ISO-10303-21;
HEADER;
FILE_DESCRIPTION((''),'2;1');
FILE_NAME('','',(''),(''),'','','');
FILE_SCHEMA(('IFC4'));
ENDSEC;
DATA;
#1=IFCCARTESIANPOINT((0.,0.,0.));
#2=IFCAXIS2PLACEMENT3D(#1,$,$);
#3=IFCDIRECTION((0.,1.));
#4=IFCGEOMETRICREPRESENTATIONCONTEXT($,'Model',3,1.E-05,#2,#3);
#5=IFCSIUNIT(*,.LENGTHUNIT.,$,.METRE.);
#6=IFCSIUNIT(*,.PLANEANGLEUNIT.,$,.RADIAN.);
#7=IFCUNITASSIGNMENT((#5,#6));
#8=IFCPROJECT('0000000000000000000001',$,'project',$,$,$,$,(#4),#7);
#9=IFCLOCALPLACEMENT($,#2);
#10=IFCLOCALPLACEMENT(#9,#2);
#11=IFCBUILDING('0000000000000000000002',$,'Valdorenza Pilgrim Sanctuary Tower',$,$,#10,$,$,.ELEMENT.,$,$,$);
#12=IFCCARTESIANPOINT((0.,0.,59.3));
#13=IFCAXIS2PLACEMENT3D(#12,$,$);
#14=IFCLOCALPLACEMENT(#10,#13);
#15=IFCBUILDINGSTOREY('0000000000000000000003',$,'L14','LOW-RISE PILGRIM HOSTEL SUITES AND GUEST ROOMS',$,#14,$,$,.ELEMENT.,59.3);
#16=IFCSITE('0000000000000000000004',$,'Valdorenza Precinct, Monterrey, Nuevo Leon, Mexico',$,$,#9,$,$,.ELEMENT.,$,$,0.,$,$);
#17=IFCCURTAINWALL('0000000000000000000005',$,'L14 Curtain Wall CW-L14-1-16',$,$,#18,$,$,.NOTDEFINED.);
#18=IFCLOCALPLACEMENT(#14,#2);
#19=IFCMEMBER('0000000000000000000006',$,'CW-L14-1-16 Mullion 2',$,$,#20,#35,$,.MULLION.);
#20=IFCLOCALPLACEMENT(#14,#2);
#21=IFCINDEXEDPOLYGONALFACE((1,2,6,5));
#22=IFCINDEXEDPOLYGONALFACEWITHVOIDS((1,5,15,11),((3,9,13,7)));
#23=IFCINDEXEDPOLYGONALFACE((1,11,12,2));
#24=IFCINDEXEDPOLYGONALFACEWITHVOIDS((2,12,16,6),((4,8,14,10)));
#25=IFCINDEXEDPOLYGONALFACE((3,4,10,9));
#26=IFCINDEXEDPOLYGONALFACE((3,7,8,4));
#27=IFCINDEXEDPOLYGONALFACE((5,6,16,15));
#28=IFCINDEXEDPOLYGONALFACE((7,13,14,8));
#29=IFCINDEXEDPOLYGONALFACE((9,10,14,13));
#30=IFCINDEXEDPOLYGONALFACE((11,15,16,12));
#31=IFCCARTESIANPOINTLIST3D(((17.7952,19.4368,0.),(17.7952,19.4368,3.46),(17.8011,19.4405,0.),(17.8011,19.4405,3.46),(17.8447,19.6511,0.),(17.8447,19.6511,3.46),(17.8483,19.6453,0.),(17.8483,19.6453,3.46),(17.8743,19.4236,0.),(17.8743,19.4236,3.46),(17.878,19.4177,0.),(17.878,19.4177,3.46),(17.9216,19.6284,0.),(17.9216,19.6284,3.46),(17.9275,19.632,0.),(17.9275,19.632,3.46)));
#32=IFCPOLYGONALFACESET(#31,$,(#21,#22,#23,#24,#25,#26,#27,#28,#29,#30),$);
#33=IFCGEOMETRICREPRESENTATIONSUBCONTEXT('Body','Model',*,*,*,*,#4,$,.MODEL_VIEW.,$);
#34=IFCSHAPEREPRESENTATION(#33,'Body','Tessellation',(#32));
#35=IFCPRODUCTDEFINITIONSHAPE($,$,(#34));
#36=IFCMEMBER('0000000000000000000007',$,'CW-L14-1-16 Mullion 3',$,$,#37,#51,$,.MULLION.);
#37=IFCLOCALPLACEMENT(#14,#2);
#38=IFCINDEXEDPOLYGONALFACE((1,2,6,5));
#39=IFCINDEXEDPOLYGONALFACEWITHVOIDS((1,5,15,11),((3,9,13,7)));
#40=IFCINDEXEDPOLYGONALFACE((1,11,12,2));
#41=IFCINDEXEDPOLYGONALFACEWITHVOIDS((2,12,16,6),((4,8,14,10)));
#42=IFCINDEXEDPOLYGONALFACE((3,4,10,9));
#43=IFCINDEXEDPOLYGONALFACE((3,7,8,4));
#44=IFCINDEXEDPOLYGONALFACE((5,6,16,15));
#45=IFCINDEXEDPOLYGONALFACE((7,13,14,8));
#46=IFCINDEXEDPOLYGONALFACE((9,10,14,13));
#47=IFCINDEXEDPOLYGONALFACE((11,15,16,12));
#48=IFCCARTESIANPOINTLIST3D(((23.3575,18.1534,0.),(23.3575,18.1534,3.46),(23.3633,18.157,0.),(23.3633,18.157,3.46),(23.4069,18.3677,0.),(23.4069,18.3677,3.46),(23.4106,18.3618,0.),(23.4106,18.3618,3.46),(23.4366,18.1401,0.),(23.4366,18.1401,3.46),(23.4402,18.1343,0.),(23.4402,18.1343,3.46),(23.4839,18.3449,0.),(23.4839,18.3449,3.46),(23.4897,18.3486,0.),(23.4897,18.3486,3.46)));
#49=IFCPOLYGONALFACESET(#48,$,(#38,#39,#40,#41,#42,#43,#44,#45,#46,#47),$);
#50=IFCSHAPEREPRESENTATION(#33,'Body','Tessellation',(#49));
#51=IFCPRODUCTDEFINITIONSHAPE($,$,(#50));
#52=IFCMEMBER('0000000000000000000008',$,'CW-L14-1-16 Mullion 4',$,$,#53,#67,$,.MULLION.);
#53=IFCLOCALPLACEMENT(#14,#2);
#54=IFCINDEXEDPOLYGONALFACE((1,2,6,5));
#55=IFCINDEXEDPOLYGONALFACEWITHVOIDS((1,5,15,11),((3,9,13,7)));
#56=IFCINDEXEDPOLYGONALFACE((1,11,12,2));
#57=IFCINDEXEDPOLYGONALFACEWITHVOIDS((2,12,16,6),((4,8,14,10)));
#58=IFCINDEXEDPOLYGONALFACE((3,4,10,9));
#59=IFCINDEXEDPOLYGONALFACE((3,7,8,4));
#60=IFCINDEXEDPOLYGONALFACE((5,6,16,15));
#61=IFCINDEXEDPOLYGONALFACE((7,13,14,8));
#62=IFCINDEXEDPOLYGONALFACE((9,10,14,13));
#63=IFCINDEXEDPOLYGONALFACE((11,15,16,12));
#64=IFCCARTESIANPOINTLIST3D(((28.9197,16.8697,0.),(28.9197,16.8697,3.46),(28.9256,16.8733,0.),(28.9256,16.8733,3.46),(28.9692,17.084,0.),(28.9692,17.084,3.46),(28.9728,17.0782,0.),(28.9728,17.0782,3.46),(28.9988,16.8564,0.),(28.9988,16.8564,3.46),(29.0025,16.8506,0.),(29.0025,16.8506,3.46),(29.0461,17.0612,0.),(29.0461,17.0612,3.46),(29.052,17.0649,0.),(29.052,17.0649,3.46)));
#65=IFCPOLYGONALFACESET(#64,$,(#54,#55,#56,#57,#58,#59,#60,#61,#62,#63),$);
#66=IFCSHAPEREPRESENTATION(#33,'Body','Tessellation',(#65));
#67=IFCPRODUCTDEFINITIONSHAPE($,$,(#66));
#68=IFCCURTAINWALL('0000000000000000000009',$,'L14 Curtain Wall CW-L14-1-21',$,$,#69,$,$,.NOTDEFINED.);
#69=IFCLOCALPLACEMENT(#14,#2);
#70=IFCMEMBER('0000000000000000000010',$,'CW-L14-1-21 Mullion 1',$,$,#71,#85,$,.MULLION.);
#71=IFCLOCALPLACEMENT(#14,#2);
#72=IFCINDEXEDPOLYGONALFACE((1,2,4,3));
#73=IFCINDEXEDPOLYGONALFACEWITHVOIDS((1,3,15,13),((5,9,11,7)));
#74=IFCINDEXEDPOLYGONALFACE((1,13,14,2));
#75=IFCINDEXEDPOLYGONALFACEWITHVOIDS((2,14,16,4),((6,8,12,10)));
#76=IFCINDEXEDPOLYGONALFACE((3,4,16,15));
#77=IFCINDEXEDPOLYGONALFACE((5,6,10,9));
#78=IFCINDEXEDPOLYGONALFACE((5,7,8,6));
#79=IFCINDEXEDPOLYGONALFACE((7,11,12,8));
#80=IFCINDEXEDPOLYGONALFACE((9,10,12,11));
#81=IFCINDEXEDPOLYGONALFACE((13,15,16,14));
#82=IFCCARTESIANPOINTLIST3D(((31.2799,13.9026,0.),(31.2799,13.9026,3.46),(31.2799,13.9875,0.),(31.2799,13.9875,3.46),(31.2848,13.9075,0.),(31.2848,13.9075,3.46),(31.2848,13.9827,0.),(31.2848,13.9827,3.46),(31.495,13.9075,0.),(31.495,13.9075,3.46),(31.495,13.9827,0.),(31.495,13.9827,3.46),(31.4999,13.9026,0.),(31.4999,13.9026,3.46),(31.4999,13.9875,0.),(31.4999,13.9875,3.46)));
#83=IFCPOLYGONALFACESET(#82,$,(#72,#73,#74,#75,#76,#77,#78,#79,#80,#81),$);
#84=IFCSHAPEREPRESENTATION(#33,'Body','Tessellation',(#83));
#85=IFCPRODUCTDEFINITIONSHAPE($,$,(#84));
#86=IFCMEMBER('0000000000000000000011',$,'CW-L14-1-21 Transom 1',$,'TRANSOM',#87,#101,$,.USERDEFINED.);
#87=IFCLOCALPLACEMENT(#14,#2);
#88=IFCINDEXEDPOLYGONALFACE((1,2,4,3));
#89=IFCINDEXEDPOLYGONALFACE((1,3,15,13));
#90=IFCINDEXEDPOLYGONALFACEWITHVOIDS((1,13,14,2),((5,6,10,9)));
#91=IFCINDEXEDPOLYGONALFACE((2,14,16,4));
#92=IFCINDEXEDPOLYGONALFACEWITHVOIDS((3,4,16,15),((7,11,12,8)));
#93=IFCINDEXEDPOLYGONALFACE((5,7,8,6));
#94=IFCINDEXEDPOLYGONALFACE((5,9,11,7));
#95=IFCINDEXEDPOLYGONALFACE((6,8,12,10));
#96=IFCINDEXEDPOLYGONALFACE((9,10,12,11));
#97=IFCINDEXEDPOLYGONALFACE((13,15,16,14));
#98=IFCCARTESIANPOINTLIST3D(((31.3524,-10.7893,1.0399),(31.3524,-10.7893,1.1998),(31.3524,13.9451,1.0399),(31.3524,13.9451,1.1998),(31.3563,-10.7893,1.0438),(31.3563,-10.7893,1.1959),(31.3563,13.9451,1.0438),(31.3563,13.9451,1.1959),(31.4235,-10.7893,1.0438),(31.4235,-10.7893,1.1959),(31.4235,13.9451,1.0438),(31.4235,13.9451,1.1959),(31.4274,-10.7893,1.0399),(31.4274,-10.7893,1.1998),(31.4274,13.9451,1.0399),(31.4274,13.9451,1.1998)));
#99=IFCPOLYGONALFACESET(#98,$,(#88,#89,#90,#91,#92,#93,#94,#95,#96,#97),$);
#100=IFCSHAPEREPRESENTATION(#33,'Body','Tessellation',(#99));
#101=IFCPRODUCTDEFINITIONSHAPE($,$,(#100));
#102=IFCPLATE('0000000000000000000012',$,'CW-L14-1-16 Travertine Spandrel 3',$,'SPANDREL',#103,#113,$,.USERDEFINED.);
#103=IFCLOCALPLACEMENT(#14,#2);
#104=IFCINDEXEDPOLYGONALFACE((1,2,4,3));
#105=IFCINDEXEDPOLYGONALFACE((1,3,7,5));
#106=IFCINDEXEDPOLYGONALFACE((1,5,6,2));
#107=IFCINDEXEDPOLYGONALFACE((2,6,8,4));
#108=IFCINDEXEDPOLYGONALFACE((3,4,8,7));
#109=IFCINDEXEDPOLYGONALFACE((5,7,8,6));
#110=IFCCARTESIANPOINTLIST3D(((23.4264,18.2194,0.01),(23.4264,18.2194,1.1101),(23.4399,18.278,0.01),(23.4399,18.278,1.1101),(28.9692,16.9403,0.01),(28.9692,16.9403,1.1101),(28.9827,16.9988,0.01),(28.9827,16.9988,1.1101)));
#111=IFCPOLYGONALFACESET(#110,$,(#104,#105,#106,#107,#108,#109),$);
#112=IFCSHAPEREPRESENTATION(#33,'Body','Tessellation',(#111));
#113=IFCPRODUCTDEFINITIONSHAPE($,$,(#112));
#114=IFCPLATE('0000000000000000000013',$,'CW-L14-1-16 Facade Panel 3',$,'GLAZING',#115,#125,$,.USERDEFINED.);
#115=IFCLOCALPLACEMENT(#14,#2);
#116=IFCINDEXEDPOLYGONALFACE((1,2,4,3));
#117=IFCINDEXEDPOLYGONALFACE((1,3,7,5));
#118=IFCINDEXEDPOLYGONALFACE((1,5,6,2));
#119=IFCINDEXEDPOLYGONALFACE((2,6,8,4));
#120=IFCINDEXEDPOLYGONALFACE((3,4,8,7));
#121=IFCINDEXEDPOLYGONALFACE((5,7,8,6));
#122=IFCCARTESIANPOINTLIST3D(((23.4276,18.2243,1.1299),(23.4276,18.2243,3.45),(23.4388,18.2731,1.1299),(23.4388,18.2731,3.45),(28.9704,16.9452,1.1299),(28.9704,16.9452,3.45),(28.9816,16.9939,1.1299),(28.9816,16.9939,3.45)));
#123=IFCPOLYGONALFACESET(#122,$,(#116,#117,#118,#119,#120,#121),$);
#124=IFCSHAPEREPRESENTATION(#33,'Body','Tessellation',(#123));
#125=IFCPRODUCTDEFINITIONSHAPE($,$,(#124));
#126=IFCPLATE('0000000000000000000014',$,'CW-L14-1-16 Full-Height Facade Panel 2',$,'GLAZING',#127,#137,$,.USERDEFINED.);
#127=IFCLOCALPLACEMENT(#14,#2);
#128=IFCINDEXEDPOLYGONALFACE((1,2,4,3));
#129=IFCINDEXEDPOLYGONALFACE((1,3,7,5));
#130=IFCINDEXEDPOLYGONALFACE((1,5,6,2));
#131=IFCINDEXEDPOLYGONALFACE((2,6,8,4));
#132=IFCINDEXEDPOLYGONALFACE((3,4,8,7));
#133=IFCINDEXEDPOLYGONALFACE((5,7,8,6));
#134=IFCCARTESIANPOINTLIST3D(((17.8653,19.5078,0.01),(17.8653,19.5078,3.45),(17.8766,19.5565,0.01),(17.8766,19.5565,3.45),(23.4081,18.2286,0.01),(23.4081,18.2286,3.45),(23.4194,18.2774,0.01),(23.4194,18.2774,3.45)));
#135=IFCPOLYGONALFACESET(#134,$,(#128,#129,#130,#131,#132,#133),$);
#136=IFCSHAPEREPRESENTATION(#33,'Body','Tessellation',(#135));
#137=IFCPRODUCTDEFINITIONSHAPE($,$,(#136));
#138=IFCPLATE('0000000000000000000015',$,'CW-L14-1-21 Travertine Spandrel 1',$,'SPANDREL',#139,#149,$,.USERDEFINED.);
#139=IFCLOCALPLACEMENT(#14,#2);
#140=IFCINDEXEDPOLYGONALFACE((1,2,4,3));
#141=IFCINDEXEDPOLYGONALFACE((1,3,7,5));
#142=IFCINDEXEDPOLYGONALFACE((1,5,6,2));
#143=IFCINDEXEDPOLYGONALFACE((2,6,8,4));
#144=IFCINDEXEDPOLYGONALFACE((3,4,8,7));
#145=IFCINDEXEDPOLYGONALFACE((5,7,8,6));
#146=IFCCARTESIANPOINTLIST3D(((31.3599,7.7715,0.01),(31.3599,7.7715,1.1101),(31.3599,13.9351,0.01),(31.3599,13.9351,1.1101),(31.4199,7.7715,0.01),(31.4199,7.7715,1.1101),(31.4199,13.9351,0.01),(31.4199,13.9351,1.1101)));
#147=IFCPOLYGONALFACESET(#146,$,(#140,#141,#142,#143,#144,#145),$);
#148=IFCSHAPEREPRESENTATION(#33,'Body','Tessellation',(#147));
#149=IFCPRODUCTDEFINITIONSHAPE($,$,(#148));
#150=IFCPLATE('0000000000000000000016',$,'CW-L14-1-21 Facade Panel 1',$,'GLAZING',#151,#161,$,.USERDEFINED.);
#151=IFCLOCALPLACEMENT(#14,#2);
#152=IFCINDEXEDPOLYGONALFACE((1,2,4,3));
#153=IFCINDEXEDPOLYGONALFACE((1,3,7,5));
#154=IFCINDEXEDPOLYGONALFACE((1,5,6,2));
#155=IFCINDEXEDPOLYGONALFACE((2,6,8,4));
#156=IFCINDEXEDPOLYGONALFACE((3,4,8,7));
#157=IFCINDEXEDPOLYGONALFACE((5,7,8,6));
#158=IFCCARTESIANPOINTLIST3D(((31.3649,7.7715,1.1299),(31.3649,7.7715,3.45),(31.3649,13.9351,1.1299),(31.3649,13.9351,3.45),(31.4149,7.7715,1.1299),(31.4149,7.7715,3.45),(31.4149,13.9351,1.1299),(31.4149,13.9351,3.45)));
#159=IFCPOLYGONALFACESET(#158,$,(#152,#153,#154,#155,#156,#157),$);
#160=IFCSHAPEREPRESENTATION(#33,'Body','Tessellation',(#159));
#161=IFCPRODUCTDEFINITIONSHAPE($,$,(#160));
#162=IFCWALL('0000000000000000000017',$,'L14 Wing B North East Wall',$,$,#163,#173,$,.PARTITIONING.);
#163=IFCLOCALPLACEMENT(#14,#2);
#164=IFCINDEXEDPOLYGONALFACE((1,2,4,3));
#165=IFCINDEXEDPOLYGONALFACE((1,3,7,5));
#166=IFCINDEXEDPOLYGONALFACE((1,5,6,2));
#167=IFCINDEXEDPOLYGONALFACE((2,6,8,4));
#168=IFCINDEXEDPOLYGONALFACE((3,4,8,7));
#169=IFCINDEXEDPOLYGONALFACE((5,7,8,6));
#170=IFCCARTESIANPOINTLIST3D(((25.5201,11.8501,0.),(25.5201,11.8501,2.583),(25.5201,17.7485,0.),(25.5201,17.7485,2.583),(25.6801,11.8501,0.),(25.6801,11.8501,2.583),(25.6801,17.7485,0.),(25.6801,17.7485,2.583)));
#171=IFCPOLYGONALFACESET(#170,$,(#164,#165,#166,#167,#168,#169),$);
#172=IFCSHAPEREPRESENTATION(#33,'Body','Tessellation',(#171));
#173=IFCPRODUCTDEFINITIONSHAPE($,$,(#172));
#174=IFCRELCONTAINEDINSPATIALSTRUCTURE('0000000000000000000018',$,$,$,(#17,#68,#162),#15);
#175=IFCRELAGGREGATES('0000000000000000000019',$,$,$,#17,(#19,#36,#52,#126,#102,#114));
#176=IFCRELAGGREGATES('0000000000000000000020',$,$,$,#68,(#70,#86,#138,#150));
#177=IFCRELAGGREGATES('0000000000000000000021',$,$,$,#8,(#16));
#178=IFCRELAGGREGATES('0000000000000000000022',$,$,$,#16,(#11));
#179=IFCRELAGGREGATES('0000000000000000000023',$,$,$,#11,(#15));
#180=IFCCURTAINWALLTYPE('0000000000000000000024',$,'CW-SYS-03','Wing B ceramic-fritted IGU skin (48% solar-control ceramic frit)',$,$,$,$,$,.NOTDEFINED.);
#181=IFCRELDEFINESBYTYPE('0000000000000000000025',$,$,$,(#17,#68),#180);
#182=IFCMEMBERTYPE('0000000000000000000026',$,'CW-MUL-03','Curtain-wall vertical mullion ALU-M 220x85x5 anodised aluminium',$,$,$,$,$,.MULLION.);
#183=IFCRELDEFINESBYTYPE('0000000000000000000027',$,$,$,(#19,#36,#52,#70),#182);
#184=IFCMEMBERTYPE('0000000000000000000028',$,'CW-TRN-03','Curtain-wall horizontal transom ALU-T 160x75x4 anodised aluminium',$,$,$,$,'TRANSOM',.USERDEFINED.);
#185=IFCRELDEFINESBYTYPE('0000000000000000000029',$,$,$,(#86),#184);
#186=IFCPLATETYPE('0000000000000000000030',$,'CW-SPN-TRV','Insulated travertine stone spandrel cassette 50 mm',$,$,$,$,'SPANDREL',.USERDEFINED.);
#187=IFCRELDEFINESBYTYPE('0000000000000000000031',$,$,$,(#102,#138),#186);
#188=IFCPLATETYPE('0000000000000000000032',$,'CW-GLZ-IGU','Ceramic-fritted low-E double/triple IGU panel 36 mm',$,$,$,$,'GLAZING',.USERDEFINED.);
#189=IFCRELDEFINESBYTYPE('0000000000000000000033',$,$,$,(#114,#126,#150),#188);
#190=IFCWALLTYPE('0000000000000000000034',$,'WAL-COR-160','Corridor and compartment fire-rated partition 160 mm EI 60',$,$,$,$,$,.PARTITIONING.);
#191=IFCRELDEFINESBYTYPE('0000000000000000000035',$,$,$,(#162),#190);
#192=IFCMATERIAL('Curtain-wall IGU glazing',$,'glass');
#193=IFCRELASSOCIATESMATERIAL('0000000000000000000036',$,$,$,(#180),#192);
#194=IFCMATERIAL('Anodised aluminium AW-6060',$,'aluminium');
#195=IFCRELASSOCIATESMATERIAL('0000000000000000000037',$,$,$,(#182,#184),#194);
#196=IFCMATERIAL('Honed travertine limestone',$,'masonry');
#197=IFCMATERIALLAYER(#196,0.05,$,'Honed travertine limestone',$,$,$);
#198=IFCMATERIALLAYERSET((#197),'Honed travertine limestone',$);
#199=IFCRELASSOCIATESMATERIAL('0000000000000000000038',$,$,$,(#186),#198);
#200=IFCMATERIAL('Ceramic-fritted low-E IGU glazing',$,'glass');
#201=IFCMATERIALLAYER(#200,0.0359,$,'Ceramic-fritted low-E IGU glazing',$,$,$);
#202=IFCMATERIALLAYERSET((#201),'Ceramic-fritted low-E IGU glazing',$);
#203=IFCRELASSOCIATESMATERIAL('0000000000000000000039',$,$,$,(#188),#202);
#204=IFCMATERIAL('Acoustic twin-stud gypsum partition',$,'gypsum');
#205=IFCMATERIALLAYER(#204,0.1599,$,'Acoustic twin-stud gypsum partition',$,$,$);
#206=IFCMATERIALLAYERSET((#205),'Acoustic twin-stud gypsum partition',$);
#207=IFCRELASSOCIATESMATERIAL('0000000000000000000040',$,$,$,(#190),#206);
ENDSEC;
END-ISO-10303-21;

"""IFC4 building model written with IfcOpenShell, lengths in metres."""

from ifc_helpers import new_model, si_unit, direction, frame, frame_2d, origin, origin_2d, place, context, subcontext, project, spatial, rectangle, hollow_rectangle, extrude, source, transform, mapped, material, layer, layer_set, material_profile, profile_set, type_object, element, aggregate, save


model = new_model("IFC4")

# Units and contexts
model_context = context("Model", 3, precision=1e-05, world=origin(), true_north=direction((0.0, 1.0)))
body_context = subcontext(model_context, "Body", "Model", "MODEL_VIEW")
ifc_project = project(units=[si_unit("LENGTHUNIT", "METRE"), si_unit("PLANEANGLEUNIT", "RADIAN")], contexts=[model_context])

# Site, building, storey
site_placement = place(None, origin())
site = spatial("IfcSite", under=ifc_project, at=site_placement, Name="Valdorenza Precinct, Monterrey, Nuevo Leon, Mexico", CompositionType="ELEMENT", RefElevation=0.0)
building_placement = place(site_placement, origin())
building = spatial("IfcBuilding", under=site, at=building_placement, Name="Valdorenza Pilgrim Sanctuary Tower", CompositionType="ELEMENT")
storey_placement = place(building_placement, frame((0.0, 0.0, 59.3)))
storey = spatial("IfcBuildingStorey", under=building, at=storey_placement, Name="L14", Description="LOW-RISE PILGRIM HOSTEL SUITES AND GUEST ROOMS", CompositionType="ELEMENT", Elevation=59.3)

# Curtain walls, members
ifc_material_1 = material(Name="Curtain-wall IGU glazing", Category="glass")
curtain_wall_type = type_object("IfcCurtainWallType", Name="CW-SYS-03", Description="Wing B ceramic-fritted IGU skin (48% solar-control ceramic frit)", PredefinedType="NOTDEFINED", material=ifc_material_1)
curtain_wall_1_placement = place(storey_placement, origin())
curtain_wall_1 = element("IfcCurtainWall", 1, at=curtain_wall_1_placement, inside=storey, type_object=curtain_wall_type, Name="L14 Curtain Wall CW-L14-1-16", PredefinedType="NOTDEFINED")
ifc_material_2 = material(Name="Anodised aluminium AW-6060", Category="aluminium")
ifc_material_profile_1 = material_profile(ifc_material_2, hollow_rectangle(XDim=0.085, YDim=0.22, WallThickness=0.0049, at=origin_2d()), Name="ALU-M 220x85x5")
ifc_profile_set_1 = profile_set([ifc_material_profile_1], Name="Anodised aluminium AW-6060")
member_type_1 = type_object("IfcMemberType", Name="CW-MUL-03", Description="Curtain-wall vertical mullion ALU-M 220x85x5 anodised aluminium", PredefinedType="MULLION", material=ifc_profile_set_1)
shared_shape_1 = source(origin(), body_context, "Body", "SweptSolid", [
    extrude(hollow_rectangle(XDim=0.085, YDim=0.22, WallThickness=0.0049, at=origin_2d()), origin(), (0.0, 0.0, 1.0), 3.46),
])
member_1_placement = place(storey_placement, frame((17.8613, 19.5344, 0.0), z_axis=(0.0, 0.0, 1.0), x_axis=(0.97439, -0.224866, 0.0)))
member_1 = element("IfcMember", 2, at=member_1_placement, type_object=member_type_1, Name="CW-L14-1-16 Mullion 2", PredefinedType="MULLION", context=body_context, shape_type="MappedRepresentation", body=[
    mapped(shared_shape_1, transform((0.0, 0.0, 0.0), x_axis=(1.0, 0.0, 0.0), y_axis=(0.0, 1.0, 0.0), z_axis=(0.0, 0.0, 1.0), scale=1.0)),
])
member_2_placement = place(storey_placement, frame((23.4236, 18.251, 0.0), z_axis=(0.0, 0.0, 1.0), x_axis=(0.97439, -0.224866, 0.0)))
member_2 = element("IfcMember", 3, at=member_2_placement, type_object=member_type_1, Name="CW-L14-1-16 Mullion 3", PredefinedType="MULLION", context=body_context, shape_type="MappedRepresentation", body=[
    mapped(shared_shape_1, transform((0.0, 0.0, 0.0), x_axis=(1.0, 0.0, 0.0), y_axis=(0.0, 1.0, 0.0), z_axis=(0.0, 0.0, 1.0), scale=1.0)),
])
member_3_placement = place(storey_placement, frame((28.9858, 16.9673, 0.0), z_axis=(0.0, 0.0, 1.0), x_axis=(0.97439, -0.224866, 0.0)))
member_3 = element("IfcMember", 4, at=member_3_placement, type_object=member_type_1, Name="CW-L14-1-16 Mullion 4", PredefinedType="MULLION", context=body_context, shape_type="MappedRepresentation", body=[
    mapped(shared_shape_1, transform((0.0, 0.0, 0.0), x_axis=(1.0, 0.0, 0.0), y_axis=(0.0, 1.0, 0.0), z_axis=(0.0, 0.0, 1.0), scale=1.0)),
])
curtain_wall_2_placement = place(storey_placement, origin())
curtain_wall_2 = element("IfcCurtainWall", 5, at=curtain_wall_2_placement, inside=storey, type_object=curtain_wall_type, Name="L14 Curtain Wall CW-L14-1-21", PredefinedType="NOTDEFINED")
member_4_placement = place(storey_placement, frame((31.3899, 13.9451, 0.0), z_axis=(0.0, 0.0, 1.0), x_axis=(0.0, -1.0, 0.0)))
member_4 = element("IfcMember", 6, at=member_4_placement, type_object=member_type_1, Name="CW-L14-1-21 Mullion 1", PredefinedType="MULLION", context=body_context, shape_type="MappedRepresentation", body=[
    mapped(shared_shape_1, transform((0.0, 0.0, 0.0), x_axis=(1.0, 0.0, 0.0), y_axis=(0.0, 1.0, 0.0), z_axis=(0.0, 0.0, 1.0), scale=1.0)),
])
ifc_material_profile_2 = material_profile(ifc_material_2, hollow_rectangle(XDim=0.075, YDim=0.1599, WallThickness=0.0039, at=origin_2d()), Name="ALU-T 160x75x4")
ifc_profile_set_2 = profile_set([ifc_material_profile_2], Name="Anodised aluminium AW-6060")
member_type_2 = type_object("IfcMemberType", Name="CW-TRN-03", Description="Curtain-wall horizontal transom ALU-T 160x75x4 anodised aluminium", ElementType="TRANSOM", PredefinedType="USERDEFINED", material=ifc_profile_set_2)
shared_shape_2 = source(origin(), body_context, "Body", "SweptSolid", [
    extrude(hollow_rectangle(XDim=0.075, YDim=0.1599, WallThickness=0.0039, at=origin_2d()), origin(), (0.0, 0.0, 1.0), 24.7344),
])
member_5_placement = place(storey_placement, frame((31.3899, 13.9451, 1.1199), z_axis=(0.0, -1.0, 0.0), x_axis=(1.0, 0.0, 0.0)))
member_5 = element("IfcMember", 7, at=member_5_placement, type_object=member_type_2, Name="CW-L14-1-21 Transom 1", ObjectType="TRANSOM", PredefinedType="USERDEFINED", context=body_context, shape_type="MappedRepresentation", body=[
    mapped(shared_shape_2, transform((0.0, 0.0, 0.0), x_axis=(1.0, 0.0, 0.0), y_axis=(0.0, 1.0, 0.0), z_axis=(0.0, 0.0, 1.0), scale=1.0)),
])

# Plates
ifc_material_3 = material(Name="Honed travertine limestone", Category="masonry")
ifc_layer_1 = layer(ifc_material_3, 0.05, Name="Honed travertine limestone")
ifc_layer_set_1 = layer_set([ifc_layer_1], Name="Honed travertine limestone")
plate_type_1 = type_object("IfcPlateType", Name="CW-SPN-TRV", Description="Insulated travertine stone spandrel cassette 50 mm", ElementType="SPANDREL", PredefinedType="USERDEFINED", material=ifc_layer_set_1)
shared_shape_3 = source(origin(), body_context, "Body", "SweptSolid", [
    extrude(rectangle(XDim=5.6885, YDim=0.0601, at=origin_2d()), origin(), (0.0, 0.0, 1.0), 1.1001),
])
plate_1_placement = place(storey_placement, frame((26.2046, 17.6091, 0.01), z_axis=(0.0, 0.0, 1.0), x_axis=(0.97439, -0.224866, 0.0)))
plate_1 = element("IfcPlate", 8, at=plate_1_placement, type_object=plate_type_1, Name="CW-L14-1-16 Travertine Spandrel 3", ObjectType="SPANDREL", PredefinedType="USERDEFINED", context=body_context, shape_type="MappedRepresentation", body=[
    mapped(shared_shape_3, transform((0.0, 0.0, 0.0), x_axis=(1.0, 0.0, 0.0), y_axis=(0.0, 1.0, 0.0), z_axis=(0.0, 0.0, 1.0), scale=1.0)),
])
ifc_material_4 = material(Name="Ceramic-fritted low-E IGU glazing", Category="glass")
ifc_layer_2 = layer(ifc_material_4, 0.0359, Name="Ceramic-fritted low-E IGU glazing")
ifc_layer_set_2 = layer_set([ifc_layer_2], Name="Ceramic-fritted low-E IGU glazing")
plate_type_2 = type_object("IfcPlateType", Name="CW-GLZ-IGU", Description="Ceramic-fritted low-E double/triple IGU panel 36 mm", ElementType="GLAZING", PredefinedType="USERDEFINED", material=ifc_layer_set_2)
shared_shape_4 = source(origin(), body_context, "Body", "SweptSolid", [
    extrude(rectangle(XDim=5.6885, YDim=0.05, at=origin_2d()), origin(), (0.0, 0.0, 1.0), 2.3201),
])
plate_2_placement = place(storey_placement, frame((26.2046, 17.6091, 1.1299), z_axis=(0.0, 0.0, 1.0), x_axis=(0.97439, -0.224866, 0.0)))
plate_2 = element("IfcPlate", 9, at=plate_2_placement, type_object=plate_type_2, Name="CW-L14-1-16 Facade Panel 3", ObjectType="GLAZING", PredefinedType="USERDEFINED", context=body_context, shape_type="MappedRepresentation", body=[
    mapped(shared_shape_4, transform((0.0, 0.0, 0.0), x_axis=(1.0, 0.0, 0.0), y_axis=(0.0, 1.0, 0.0), z_axis=(0.0, 0.0, 1.0), scale=1.0)),
])
shared_shape_5 = source(origin(), body_context, "Body", "SweptSolid", [
    extrude(rectangle(XDim=5.6885, YDim=0.05, at=origin_2d()), origin(), (0.0, 0.0, 1.0), 3.4399),
])
plate_3_placement = place(storey_placement, frame((20.6423, 18.8926, 0.01), z_axis=(0.0, 0.0, 1.0), x_axis=(0.97439, -0.224866, 0.0)))
plate_3 = element("IfcPlate", 10, at=plate_3_placement, type_object=plate_type_2, Name="CW-L14-1-16 Full-Height Facade Panel 2", ObjectType="GLAZING", PredefinedType="USERDEFINED", context=body_context, shape_type="MappedRepresentation", body=[
    mapped(shared_shape_5, transform((0.0, 0.0, 0.0), x_axis=(1.0, 0.0, 0.0), y_axis=(0.0, 1.0, 0.0), z_axis=(0.0, 0.0, 1.0), scale=1.0)),
])
aggregate(curtain_wall_1, [member_1, member_2, member_3, plate_3, plate_1, plate_2])
shared_shape_6 = source(origin(), body_context, "Body", "SweptSolid", [
    extrude(rectangle(XDim=6.1636, YDim=0.0601, at=origin_2d()), origin(), (0.0, 0.0, 1.0), 1.1001),
])
plate_4_placement = place(storey_placement, frame((31.3899, 10.8533, 0.01), z_axis=(0.0, 0.0, 1.0), x_axis=(0.0, -1.0, 0.0)))
plate_4 = element("IfcPlate", 11, at=plate_4_placement, type_object=plate_type_1, Name="CW-L14-1-21 Travertine Spandrel 1", ObjectType="SPANDREL", PredefinedType="USERDEFINED", context=body_context, shape_type="MappedRepresentation", body=[
    mapped(shared_shape_6, transform((0.0, 0.0, 0.0), x_axis=(1.0, 0.0, 0.0), y_axis=(0.0, 1.0, 0.0), z_axis=(0.0, 0.0, 1.0), scale=1.0)),
])
shared_shape_7 = source(origin(), body_context, "Body", "SweptSolid", [
    extrude(rectangle(XDim=6.1636, YDim=0.05, at=origin_2d()), origin(), (0.0, 0.0, 1.0), 2.3201),
])
plate_5_placement = place(storey_placement, frame((31.3899, 10.8533, 1.1299), z_axis=(0.0, 0.0, 1.0), x_axis=(0.0, -1.0, 0.0)))
plate_5 = element("IfcPlate", 12, at=plate_5_placement, type_object=plate_type_2, Name="CW-L14-1-21 Facade Panel 1", ObjectType="GLAZING", PredefinedType="USERDEFINED", context=body_context, shape_type="MappedRepresentation", body=[
    mapped(shared_shape_7, transform((0.0, 0.0, 0.0), x_axis=(1.0, 0.0, 0.0), y_axis=(0.0, 1.0, 0.0), z_axis=(0.0, 0.0, 1.0), scale=1.0)),
])
aggregate(curtain_wall_2, [member_4, member_5, plate_4, plate_5])

# Wall
ifc_material_5 = material(Name="Acoustic twin-stud gypsum partition", Category="gypsum")
ifc_layer_3 = layer(ifc_material_5, 0.1599, Name="Acoustic twin-stud gypsum partition")
ifc_layer_set_3 = layer_set([ifc_layer_3], Name="Acoustic twin-stud gypsum partition")
wall_type_1 = type_object("IfcWallType", Name="WAL-COR-160", Description="Corridor and compartment fire-rated partition 160 mm EI 60", PredefinedType="PARTITIONING", material=ifc_layer_set_3)
wall_1_placement = place(storey_placement, frame((25.6001, 11.8501, 0.0), z_axis=(0.0, 0.0, 1.0), x_axis=(0.0, 1.0, 0.0)))
element("IfcWall", 13, at=wall_1_placement, inside=storey, type_object=wall_type_1, Name="L14 Wing B North East Wall", PredefinedType="PARTITIONING", context=body_context, shape_type="SweptSolid", body=[
    extrude(rectangle(XDim=5.8984, YDim=0.1599, at=frame_2d((2.9492, 0.0))), origin(), (0.0, 0.0, 1.0), 2.583),
])

save(model, "model.ifc")
